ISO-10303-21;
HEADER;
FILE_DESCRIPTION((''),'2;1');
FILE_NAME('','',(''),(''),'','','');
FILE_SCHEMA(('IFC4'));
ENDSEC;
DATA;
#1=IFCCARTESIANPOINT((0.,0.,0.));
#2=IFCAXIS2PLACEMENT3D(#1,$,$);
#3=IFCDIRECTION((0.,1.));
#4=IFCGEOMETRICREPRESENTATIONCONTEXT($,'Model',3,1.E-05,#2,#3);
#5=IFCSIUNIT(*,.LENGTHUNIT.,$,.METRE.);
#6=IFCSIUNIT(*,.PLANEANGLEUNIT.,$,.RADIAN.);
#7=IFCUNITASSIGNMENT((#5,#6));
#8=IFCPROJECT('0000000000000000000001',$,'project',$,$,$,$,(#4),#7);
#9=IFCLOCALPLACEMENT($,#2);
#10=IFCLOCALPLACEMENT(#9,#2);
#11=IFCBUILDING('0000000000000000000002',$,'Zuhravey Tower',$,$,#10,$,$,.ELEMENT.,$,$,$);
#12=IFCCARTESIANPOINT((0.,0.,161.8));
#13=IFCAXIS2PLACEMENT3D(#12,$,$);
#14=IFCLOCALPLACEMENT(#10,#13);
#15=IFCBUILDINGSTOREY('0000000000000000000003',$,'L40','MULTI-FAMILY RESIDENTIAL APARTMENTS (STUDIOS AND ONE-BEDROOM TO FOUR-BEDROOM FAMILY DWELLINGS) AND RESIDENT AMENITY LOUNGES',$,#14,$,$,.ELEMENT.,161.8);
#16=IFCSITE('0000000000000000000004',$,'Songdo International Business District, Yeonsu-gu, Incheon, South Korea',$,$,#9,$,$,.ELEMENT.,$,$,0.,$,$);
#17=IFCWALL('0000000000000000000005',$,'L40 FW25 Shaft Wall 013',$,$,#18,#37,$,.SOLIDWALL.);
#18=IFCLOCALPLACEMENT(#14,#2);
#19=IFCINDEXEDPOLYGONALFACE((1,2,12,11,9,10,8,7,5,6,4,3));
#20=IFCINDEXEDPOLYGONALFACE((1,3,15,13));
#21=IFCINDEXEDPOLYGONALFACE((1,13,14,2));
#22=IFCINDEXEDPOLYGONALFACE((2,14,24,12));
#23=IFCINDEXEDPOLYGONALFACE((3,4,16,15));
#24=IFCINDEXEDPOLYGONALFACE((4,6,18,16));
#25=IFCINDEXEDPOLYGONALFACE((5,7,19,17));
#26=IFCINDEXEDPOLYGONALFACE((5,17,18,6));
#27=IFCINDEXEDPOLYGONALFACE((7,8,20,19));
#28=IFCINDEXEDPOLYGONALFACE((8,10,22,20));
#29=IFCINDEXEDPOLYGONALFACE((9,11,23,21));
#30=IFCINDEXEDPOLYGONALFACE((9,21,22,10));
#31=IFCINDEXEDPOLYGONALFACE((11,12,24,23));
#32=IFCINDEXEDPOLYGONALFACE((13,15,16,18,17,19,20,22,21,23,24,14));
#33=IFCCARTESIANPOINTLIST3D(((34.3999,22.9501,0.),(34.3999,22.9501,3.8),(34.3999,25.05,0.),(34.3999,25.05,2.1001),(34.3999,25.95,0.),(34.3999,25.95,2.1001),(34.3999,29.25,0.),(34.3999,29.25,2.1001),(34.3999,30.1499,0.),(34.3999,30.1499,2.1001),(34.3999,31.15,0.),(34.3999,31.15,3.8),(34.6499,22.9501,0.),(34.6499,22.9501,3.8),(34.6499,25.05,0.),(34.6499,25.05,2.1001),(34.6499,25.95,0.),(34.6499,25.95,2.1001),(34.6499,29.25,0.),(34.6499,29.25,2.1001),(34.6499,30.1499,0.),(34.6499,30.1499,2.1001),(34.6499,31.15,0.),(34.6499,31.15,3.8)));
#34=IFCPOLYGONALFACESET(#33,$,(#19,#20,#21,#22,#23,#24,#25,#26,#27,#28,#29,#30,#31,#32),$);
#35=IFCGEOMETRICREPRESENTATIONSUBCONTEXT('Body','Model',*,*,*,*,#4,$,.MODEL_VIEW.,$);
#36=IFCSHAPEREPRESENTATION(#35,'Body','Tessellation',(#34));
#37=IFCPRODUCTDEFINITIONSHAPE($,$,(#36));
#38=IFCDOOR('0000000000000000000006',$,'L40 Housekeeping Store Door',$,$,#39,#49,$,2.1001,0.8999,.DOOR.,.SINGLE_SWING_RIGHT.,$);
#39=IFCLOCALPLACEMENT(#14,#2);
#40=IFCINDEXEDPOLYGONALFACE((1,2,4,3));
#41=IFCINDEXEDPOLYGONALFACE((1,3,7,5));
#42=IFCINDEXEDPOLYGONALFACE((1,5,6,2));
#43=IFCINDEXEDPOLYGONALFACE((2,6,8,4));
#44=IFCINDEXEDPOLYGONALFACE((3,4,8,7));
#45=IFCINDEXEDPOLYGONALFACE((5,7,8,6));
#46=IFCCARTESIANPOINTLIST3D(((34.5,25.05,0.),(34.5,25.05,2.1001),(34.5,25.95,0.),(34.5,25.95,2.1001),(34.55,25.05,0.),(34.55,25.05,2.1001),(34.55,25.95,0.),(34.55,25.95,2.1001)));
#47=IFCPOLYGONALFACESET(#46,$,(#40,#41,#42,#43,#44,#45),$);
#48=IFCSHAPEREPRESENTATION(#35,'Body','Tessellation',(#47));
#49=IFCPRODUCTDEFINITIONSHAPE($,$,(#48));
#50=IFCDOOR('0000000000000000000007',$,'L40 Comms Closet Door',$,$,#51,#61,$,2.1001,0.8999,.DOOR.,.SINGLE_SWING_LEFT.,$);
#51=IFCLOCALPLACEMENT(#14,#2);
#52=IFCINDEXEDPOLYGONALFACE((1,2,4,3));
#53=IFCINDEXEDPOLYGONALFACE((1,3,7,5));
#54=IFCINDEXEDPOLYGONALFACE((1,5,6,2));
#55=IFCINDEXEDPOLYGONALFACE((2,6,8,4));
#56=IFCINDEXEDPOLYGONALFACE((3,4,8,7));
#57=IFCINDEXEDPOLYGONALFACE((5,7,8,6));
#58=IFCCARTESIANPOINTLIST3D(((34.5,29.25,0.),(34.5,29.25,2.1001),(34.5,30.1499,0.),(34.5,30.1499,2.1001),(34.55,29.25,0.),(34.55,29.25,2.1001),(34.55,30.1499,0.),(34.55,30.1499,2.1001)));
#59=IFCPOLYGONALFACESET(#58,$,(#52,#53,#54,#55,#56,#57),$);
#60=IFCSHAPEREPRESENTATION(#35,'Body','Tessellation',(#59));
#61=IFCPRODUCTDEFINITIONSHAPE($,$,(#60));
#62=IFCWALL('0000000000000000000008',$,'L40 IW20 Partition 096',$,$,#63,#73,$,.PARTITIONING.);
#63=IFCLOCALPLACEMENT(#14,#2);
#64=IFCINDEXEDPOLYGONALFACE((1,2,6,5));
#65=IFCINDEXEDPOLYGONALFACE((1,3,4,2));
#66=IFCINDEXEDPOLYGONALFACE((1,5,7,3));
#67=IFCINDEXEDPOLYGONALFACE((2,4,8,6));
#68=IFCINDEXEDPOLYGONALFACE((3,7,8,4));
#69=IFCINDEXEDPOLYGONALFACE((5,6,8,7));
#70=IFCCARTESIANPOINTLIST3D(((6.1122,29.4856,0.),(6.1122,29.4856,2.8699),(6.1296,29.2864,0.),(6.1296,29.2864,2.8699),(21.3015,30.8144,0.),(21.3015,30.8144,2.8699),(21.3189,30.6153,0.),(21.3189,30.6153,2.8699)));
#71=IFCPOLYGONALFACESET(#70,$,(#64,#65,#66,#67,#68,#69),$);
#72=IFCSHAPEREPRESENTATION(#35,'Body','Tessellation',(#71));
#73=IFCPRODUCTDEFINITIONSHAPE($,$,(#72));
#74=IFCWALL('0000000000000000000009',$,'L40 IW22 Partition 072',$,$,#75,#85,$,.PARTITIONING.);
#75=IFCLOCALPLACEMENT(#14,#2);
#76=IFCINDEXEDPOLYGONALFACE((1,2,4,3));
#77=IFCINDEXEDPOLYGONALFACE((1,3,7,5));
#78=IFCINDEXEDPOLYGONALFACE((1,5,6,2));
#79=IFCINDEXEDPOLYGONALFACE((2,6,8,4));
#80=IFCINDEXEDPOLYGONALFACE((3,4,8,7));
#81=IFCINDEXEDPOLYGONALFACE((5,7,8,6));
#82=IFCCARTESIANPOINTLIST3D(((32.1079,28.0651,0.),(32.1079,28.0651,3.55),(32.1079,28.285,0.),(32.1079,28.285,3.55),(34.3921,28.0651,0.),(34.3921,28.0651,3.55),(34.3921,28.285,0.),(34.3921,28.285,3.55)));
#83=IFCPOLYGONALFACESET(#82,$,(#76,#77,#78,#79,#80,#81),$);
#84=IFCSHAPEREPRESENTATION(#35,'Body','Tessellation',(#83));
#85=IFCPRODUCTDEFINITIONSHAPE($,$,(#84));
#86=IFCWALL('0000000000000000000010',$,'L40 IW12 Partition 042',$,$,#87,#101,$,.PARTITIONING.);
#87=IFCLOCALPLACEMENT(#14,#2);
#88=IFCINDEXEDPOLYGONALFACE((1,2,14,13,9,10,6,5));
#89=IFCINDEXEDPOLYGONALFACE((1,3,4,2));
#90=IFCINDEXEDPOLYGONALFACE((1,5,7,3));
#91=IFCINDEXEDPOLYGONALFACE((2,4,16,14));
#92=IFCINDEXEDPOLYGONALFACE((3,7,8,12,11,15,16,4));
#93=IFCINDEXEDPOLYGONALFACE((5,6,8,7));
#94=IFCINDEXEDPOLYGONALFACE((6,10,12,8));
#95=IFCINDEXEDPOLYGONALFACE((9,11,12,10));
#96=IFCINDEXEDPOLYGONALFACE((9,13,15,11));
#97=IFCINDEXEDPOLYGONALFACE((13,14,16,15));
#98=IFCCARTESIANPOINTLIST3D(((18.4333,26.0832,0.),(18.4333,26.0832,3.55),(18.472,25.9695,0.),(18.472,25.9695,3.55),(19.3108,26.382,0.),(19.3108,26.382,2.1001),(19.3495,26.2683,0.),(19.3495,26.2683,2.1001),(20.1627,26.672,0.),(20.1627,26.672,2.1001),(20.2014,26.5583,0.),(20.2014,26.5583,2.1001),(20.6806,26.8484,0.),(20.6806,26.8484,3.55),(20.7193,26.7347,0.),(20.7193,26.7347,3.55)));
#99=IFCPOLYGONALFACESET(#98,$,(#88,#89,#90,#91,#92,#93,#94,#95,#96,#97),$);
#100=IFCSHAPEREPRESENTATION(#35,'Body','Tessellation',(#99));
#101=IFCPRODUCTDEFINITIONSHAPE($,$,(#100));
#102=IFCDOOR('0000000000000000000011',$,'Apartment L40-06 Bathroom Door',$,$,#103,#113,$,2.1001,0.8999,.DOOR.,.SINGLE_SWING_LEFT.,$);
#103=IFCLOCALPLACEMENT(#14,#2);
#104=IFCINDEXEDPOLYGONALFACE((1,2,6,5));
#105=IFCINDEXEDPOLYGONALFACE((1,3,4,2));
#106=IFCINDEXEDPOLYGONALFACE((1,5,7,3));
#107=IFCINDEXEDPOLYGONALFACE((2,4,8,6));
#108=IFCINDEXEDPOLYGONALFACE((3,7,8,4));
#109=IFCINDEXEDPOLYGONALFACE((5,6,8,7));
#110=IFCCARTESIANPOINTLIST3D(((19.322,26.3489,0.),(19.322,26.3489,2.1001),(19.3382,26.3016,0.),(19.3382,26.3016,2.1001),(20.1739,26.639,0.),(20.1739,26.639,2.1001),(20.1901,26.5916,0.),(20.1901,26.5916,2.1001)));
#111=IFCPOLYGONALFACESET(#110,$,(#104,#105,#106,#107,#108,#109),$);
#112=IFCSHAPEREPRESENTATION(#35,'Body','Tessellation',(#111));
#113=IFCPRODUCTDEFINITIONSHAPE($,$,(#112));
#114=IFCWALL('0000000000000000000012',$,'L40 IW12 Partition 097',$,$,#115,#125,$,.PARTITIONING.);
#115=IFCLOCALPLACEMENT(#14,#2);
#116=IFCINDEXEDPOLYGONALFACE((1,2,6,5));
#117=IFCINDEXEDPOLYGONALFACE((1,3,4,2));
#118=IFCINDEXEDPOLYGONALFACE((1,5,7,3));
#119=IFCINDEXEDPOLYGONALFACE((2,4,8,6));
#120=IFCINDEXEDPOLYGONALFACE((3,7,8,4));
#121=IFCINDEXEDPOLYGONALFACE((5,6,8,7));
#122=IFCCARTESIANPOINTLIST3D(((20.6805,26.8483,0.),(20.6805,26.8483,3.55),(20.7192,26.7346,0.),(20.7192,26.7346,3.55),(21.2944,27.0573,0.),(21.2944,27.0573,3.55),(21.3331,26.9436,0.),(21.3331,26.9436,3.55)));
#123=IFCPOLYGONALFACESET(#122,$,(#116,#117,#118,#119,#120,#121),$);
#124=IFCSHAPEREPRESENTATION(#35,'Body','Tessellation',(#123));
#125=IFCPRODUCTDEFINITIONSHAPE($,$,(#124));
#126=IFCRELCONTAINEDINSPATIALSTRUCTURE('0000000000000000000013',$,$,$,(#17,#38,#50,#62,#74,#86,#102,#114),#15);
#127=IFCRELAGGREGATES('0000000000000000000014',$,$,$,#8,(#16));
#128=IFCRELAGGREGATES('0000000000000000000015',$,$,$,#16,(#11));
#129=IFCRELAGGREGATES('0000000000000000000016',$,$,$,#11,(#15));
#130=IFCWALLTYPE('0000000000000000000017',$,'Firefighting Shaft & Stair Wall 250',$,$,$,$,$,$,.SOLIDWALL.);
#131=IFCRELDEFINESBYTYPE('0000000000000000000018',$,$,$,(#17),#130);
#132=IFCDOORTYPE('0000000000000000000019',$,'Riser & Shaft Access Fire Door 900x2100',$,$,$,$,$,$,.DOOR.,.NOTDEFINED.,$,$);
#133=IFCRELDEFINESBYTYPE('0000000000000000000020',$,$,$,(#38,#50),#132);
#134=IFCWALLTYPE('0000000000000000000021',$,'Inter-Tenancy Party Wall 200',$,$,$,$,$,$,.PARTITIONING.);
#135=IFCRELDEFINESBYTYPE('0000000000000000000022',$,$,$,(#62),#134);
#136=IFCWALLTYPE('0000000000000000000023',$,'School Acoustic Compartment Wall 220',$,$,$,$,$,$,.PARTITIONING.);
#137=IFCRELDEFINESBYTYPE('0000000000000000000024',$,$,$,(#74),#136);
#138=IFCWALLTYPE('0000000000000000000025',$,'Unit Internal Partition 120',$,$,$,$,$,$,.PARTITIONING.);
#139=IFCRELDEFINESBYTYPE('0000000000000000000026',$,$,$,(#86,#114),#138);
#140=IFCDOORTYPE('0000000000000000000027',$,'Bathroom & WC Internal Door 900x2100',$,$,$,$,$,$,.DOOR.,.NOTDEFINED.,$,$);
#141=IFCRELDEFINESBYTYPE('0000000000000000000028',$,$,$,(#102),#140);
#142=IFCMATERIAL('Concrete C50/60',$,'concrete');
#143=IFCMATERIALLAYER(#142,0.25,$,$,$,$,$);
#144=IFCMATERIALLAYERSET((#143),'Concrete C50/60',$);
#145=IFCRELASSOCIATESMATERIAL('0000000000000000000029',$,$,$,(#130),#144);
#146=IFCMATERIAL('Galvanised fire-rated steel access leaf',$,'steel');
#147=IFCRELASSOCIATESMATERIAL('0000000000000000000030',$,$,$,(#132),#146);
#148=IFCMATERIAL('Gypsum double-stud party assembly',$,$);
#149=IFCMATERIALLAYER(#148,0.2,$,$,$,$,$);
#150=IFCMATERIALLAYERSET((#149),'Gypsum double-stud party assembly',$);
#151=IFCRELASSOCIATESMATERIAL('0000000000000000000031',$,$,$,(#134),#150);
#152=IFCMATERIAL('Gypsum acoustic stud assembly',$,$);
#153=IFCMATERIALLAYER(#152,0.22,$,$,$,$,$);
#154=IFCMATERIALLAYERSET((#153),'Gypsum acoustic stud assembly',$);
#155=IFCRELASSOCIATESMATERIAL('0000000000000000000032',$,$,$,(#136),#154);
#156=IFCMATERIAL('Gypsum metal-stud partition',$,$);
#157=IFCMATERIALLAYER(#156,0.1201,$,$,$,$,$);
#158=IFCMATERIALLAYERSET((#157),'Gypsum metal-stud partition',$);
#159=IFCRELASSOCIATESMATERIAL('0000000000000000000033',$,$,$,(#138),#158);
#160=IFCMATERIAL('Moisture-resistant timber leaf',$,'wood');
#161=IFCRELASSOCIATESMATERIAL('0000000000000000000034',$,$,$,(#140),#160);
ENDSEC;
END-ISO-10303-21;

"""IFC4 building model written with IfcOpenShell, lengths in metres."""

from ifc_helpers import new_model, si_unit, direction, frame, frame_2d, origin, place, context, subcontext, project, spatial, rectangle, extrude, material, layer, layer_set, type_object, element, fill, save


model = new_model("IFC4")

# Units and contexts
model_context = context("Model", 3, precision=1e-05, world=origin(), true_north=direction((0.0, 1.0)))
body_context = subcontext(model_context, "Body", "Model", "MODEL_VIEW")
ifc_project = project(units=[si_unit("LENGTHUNIT", "METRE"), si_unit("PLANEANGLEUNIT", "RADIAN")], contexts=[model_context])

# Site, building, storey
site_placement = place(None, origin())
site = spatial("IfcSite", under=ifc_project, at=site_placement, Name="Songdo International Business District, Yeonsu-gu, Incheon, South Korea", CompositionType="ELEMENT", RefElevation=0.0)
building_placement = place(site_placement, origin())
building = spatial("IfcBuilding", under=site, at=building_placement, Name="Zuhravey Tower", CompositionType="ELEMENT")
storey_placement = place(building_placement, frame((0.0, 0.0, 161.8)))
storey = spatial("IfcBuildingStorey", under=building, at=storey_placement, Name="L40", Description="MULTI-FAMILY RESIDENTIAL APARTMENTS (STUDIOS AND ONE-BEDROOM TO FOUR-BEDROOM FAMILY DWELLINGS) AND RESIDENT AMENITY LOUNGES", CompositionType="ELEMENT", Elevation=161.8)

# Shared definitions
ifc_material_1 = material(Name="Concrete C50/60", Category="concrete")
ifc_layer_1 = layer(ifc_material_1, 0.25)
ifc_layer_set_1 = layer_set([ifc_layer_1], Name="Concrete C50/60")
wall_type_1 = type_object("IfcWallType", Name="Firefighting Shaft & Stair Wall 250", PredefinedType="SOLIDWALL", material=ifc_layer_set_1)

# Shared definitions
ifc_material_2 = material(Name="Galvanised fire-rated steel access leaf", Category="steel")
door_type_1 = type_object("IfcDoorType", Name="Riser & Shaft Access Fire Door 900x2100", OperationType="NOTDEFINED", PredefinedType="DOOR", material=ifc_material_2)

# Wall, openings, doors
wall_1_placement = place(storey_placement, frame((34.5249, 22.95, 0.0), z_axis=(0.0, 0.0, 1.0), x_axis=(0.0, 1.0, 0.0)))
wall_1 = element("IfcWall", 1, at=wall_1_placement, inside=storey, type_object=wall_type_1, Name="L40 FW25 Shaft Wall 013", PredefinedType="SOLIDWALL", context=body_context, shape_type="SweptSolid", body=[
    extrude(rectangle(XDim=8.2, YDim=0.25, at=frame_2d((4.1001, 0.0))), origin(), (0.0, 0.0, 1.0), 3.8),
])
opening_1_placement = place(wall_1_placement, frame((2.1001, 0.0, 0.0)))
opening_1 = element("IfcOpeningElement", 2, at=opening_1_placement, cuts=wall_1, PredefinedType="OPENING", context=body_context, shape_type="SweptSolid", body=[
    extrude(rectangle(XDim=0.8999, YDim=2.1001, at=frame_2d((0.45, 1.05))), frame((0.0, 0.137, 0.0), z_axis=(0.0, -1.0, 0.0), x_axis=(1.0, 0.0, 0.0)), (0.0, 0.0, 1.0), 0.2739),
])
opening_2_placement = place(wall_1_placement, frame((6.3, 0.0, 0.0)))
opening_2 = element("IfcOpeningElement", 3, at=opening_2_placement, cuts=wall_1, PredefinedType="OPENING", context=body_context, shape_type="SweptSolid", body=[
    extrude(rectangle(XDim=0.8999, YDim=2.1001, at=frame_2d((0.45, 1.05))), frame((0.0, 0.137, 0.0), z_axis=(0.0, -1.0, 0.0), x_axis=(1.0, 0.0, 0.0)), (0.0, 0.0, 1.0), 0.2739),
])
door_1_placement = place(opening_1_placement, origin())
door_1 = element("IfcDoor", 4, at=door_1_placement, inside=storey, type_object=door_type_1, Name="L40 Housekeeping Store Door", OperationType="SINGLE_SWING_RIGHT", OverallHeight=2.1001, OverallWidth=0.8999, PredefinedType="DOOR", context=body_context, shape_type="SweptSolid", body=[
    extrude(rectangle(XDim=0.8999, YDim=2.1001, at=frame_2d((0.45, 1.05))), frame((0.0, 0.0249, 0.0), z_axis=(0.0, -1.0, 0.0), x_axis=(1.0, 0.0, 0.0)), (0.0, 0.0, 1.0), 0.05),
])
fill(opening_1, door_1)
door_2_placement = place(opening_2_placement, origin())
door_2 = element("IfcDoor", 5, at=door_2_placement, inside=storey, type_object=door_type_1, Name="L40 Comms Closet Door", OperationType="SINGLE_SWING_LEFT", OverallHeight=2.1001, OverallWidth=0.8999, PredefinedType="DOOR", context=body_context, shape_type="SweptSolid", body=[
    extrude(rectangle(XDim=0.8999, YDim=2.1001, at=frame_2d((0.45, 1.05))), frame((0.0, 0.0249, 0.0), z_axis=(0.0, -1.0, 0.0), x_axis=(1.0, 0.0, 0.0)), (0.0, 0.0, 1.0), 0.05),
])
fill(opening_2, door_2)

# Walls
ifc_material_3 = material(Name="Gypsum double-stud party assembly")
ifc_layer_2 = layer(ifc_material_3, 0.2)
ifc_layer_set_2 = layer_set([ifc_layer_2], Name="Gypsum double-stud party assembly")
wall_type_2 = type_object("IfcWallType", Name="Inter-Tenancy Party Wall 200", PredefinedType="PARTITIONING", material=ifc_layer_set_2)
wall_2_placement = place(storey_placement, frame((21.3101, 30.7148, 0.0), z_axis=(0.0, 0.0, 1.0), x_axis=(-0.996195, -0.087154, 0.0)))
element("IfcWall", 6, at=wall_2_placement, inside=storey, type_object=wall_type_2, Name="L40 IW20 Partition 096", PredefinedType="PARTITIONING", context=body_context, shape_type="SweptSolid", body=[
    extrude(rectangle(XDim=15.2473, YDim=0.2, at=frame_2d((7.6235, 0.0))), origin(), (0.0, 0.0, 1.0), 2.8699),
])
ifc_material_4 = material(Name="Gypsum acoustic stud assembly")
ifc_layer_3 = layer(ifc_material_4, 0.22)
ifc_layer_set_3 = layer_set([ifc_layer_3], Name="Gypsum acoustic stud assembly")
wall_type_3 = type_object("IfcWallType", Name="School Acoustic Compartment Wall 220", PredefinedType="PARTITIONING", material=ifc_layer_set_3)
wall_3_placement = place(storey_placement, frame((32.1079, 28.175, 0.0), z_axis=(0.0, 0.0, 1.0), x_axis=(1.0, 0.0, 0.0)))
element("IfcWall", 7, at=wall_3_placement, inside=storey, type_object=wall_type_3, Name="L40 IW22 Partition 072", PredefinedType="PARTITIONING", context=body_context, shape_type="SweptSolid", body=[
    extrude(rectangle(XDim=2.2842, YDim=0.22, at=frame_2d((1.1421, 0.0))), origin(), (0.0, 0.0, 1.0), 3.55),
])

# Wall, opening, door
ifc_material_5 = material(Name="Gypsum metal-stud partition")
ifc_layer_4 = layer(ifc_material_5, 0.1201)
ifc_layer_set_4 = layer_set([ifc_layer_4], Name="Gypsum metal-stud partition")
wall_type_4 = type_object("IfcWallType", Name="Unit Internal Partition 120", PredefinedType="PARTITIONING", material=ifc_layer_set_4)
wall_4_placement = place(storey_placement, frame((20.7, 26.7915, 0.0), z_axis=(0.0, 0.0, 1.0), x_axis=(-0.946638, -0.322299, 0.0)))
wall_4 = element("IfcWall", 8, at=wall_4_placement, inside=storey, type_object=wall_type_4, Name="L40 IW12 Partition 042", PredefinedType="PARTITIONING", context=body_context, shape_type="SweptSolid", body=[
    extrude(rectangle(XDim=2.374, YDim=0.1201, at=frame_2d((1.187, 0.0))), origin(), (0.0, 0.0, 1.0), 3.55),
])
opening_3_placement = place(wall_4_placement, frame((0.5471, 0.0, 0.0)))
opening_3 = element("IfcOpeningElement", 9, at=opening_3_placement, cuts=wall_4, PredefinedType="OPENING", context=body_context, shape_type="SweptSolid", body=[
    extrude(rectangle(XDim=0.8999, YDim=2.1001, at=frame_2d((0.45, 1.05))), frame((0.0, 0.072, 0.0), z_axis=(0.0, -1.0, 0.0), x_axis=(1.0, 0.0, 0.0)), (0.0, 0.0, 1.0), 0.144),
])
ifc_material_6 = material(Name="Moisture-resistant timber leaf", Category="wood")
door_type_2 = type_object("IfcDoorType", Name="Bathroom & WC Internal Door 900x2100", OperationType="NOTDEFINED", PredefinedType="DOOR", material=ifc_material_6)
door_3_placement = place(opening_3_placement, origin())
door_3 = element("IfcDoor", 10, at=door_3_placement, inside=storey, type_object=door_type_2, Name="Apartment L40-06 Bathroom Door", OperationType="SINGLE_SWING_LEFT", OverallHeight=2.1001, OverallWidth=0.8999, PredefinedType="DOOR", context=body_context, shape_type="SweptSolid", body=[
    extrude(rectangle(XDim=0.8999, YDim=2.1001, at=frame_2d((0.45, 1.05))), frame((0.0, 0.0249, 0.0), z_axis=(0.0, -1.0, 0.0), x_axis=(1.0, 0.0, 0.0)), (0.0, 0.0, 1.0), 0.05),
])
fill(opening_3, door_3)

# Wall
wall_5_placement = place(storey_placement, frame((21.3137, 27.0005, 0.0), z_axis=(0.0, 0.0, 1.0), x_axis=(-0.94663, -0.322321, 0.0)))
element("IfcWall", 11, at=wall_5_placement, inside=storey, type_object=wall_type_4, Name="L40 IW12 Partition 097", PredefinedType="PARTITIONING", context=body_context, shape_type="SweptSolid", body=[
    extrude(rectangle(XDim=0.6484, YDim=0.1201, at=frame_2d((0.3242, 0.0))), origin(), (0.0, 0.0, 1.0), 3.55),
])

save(model, "model.ifc")
